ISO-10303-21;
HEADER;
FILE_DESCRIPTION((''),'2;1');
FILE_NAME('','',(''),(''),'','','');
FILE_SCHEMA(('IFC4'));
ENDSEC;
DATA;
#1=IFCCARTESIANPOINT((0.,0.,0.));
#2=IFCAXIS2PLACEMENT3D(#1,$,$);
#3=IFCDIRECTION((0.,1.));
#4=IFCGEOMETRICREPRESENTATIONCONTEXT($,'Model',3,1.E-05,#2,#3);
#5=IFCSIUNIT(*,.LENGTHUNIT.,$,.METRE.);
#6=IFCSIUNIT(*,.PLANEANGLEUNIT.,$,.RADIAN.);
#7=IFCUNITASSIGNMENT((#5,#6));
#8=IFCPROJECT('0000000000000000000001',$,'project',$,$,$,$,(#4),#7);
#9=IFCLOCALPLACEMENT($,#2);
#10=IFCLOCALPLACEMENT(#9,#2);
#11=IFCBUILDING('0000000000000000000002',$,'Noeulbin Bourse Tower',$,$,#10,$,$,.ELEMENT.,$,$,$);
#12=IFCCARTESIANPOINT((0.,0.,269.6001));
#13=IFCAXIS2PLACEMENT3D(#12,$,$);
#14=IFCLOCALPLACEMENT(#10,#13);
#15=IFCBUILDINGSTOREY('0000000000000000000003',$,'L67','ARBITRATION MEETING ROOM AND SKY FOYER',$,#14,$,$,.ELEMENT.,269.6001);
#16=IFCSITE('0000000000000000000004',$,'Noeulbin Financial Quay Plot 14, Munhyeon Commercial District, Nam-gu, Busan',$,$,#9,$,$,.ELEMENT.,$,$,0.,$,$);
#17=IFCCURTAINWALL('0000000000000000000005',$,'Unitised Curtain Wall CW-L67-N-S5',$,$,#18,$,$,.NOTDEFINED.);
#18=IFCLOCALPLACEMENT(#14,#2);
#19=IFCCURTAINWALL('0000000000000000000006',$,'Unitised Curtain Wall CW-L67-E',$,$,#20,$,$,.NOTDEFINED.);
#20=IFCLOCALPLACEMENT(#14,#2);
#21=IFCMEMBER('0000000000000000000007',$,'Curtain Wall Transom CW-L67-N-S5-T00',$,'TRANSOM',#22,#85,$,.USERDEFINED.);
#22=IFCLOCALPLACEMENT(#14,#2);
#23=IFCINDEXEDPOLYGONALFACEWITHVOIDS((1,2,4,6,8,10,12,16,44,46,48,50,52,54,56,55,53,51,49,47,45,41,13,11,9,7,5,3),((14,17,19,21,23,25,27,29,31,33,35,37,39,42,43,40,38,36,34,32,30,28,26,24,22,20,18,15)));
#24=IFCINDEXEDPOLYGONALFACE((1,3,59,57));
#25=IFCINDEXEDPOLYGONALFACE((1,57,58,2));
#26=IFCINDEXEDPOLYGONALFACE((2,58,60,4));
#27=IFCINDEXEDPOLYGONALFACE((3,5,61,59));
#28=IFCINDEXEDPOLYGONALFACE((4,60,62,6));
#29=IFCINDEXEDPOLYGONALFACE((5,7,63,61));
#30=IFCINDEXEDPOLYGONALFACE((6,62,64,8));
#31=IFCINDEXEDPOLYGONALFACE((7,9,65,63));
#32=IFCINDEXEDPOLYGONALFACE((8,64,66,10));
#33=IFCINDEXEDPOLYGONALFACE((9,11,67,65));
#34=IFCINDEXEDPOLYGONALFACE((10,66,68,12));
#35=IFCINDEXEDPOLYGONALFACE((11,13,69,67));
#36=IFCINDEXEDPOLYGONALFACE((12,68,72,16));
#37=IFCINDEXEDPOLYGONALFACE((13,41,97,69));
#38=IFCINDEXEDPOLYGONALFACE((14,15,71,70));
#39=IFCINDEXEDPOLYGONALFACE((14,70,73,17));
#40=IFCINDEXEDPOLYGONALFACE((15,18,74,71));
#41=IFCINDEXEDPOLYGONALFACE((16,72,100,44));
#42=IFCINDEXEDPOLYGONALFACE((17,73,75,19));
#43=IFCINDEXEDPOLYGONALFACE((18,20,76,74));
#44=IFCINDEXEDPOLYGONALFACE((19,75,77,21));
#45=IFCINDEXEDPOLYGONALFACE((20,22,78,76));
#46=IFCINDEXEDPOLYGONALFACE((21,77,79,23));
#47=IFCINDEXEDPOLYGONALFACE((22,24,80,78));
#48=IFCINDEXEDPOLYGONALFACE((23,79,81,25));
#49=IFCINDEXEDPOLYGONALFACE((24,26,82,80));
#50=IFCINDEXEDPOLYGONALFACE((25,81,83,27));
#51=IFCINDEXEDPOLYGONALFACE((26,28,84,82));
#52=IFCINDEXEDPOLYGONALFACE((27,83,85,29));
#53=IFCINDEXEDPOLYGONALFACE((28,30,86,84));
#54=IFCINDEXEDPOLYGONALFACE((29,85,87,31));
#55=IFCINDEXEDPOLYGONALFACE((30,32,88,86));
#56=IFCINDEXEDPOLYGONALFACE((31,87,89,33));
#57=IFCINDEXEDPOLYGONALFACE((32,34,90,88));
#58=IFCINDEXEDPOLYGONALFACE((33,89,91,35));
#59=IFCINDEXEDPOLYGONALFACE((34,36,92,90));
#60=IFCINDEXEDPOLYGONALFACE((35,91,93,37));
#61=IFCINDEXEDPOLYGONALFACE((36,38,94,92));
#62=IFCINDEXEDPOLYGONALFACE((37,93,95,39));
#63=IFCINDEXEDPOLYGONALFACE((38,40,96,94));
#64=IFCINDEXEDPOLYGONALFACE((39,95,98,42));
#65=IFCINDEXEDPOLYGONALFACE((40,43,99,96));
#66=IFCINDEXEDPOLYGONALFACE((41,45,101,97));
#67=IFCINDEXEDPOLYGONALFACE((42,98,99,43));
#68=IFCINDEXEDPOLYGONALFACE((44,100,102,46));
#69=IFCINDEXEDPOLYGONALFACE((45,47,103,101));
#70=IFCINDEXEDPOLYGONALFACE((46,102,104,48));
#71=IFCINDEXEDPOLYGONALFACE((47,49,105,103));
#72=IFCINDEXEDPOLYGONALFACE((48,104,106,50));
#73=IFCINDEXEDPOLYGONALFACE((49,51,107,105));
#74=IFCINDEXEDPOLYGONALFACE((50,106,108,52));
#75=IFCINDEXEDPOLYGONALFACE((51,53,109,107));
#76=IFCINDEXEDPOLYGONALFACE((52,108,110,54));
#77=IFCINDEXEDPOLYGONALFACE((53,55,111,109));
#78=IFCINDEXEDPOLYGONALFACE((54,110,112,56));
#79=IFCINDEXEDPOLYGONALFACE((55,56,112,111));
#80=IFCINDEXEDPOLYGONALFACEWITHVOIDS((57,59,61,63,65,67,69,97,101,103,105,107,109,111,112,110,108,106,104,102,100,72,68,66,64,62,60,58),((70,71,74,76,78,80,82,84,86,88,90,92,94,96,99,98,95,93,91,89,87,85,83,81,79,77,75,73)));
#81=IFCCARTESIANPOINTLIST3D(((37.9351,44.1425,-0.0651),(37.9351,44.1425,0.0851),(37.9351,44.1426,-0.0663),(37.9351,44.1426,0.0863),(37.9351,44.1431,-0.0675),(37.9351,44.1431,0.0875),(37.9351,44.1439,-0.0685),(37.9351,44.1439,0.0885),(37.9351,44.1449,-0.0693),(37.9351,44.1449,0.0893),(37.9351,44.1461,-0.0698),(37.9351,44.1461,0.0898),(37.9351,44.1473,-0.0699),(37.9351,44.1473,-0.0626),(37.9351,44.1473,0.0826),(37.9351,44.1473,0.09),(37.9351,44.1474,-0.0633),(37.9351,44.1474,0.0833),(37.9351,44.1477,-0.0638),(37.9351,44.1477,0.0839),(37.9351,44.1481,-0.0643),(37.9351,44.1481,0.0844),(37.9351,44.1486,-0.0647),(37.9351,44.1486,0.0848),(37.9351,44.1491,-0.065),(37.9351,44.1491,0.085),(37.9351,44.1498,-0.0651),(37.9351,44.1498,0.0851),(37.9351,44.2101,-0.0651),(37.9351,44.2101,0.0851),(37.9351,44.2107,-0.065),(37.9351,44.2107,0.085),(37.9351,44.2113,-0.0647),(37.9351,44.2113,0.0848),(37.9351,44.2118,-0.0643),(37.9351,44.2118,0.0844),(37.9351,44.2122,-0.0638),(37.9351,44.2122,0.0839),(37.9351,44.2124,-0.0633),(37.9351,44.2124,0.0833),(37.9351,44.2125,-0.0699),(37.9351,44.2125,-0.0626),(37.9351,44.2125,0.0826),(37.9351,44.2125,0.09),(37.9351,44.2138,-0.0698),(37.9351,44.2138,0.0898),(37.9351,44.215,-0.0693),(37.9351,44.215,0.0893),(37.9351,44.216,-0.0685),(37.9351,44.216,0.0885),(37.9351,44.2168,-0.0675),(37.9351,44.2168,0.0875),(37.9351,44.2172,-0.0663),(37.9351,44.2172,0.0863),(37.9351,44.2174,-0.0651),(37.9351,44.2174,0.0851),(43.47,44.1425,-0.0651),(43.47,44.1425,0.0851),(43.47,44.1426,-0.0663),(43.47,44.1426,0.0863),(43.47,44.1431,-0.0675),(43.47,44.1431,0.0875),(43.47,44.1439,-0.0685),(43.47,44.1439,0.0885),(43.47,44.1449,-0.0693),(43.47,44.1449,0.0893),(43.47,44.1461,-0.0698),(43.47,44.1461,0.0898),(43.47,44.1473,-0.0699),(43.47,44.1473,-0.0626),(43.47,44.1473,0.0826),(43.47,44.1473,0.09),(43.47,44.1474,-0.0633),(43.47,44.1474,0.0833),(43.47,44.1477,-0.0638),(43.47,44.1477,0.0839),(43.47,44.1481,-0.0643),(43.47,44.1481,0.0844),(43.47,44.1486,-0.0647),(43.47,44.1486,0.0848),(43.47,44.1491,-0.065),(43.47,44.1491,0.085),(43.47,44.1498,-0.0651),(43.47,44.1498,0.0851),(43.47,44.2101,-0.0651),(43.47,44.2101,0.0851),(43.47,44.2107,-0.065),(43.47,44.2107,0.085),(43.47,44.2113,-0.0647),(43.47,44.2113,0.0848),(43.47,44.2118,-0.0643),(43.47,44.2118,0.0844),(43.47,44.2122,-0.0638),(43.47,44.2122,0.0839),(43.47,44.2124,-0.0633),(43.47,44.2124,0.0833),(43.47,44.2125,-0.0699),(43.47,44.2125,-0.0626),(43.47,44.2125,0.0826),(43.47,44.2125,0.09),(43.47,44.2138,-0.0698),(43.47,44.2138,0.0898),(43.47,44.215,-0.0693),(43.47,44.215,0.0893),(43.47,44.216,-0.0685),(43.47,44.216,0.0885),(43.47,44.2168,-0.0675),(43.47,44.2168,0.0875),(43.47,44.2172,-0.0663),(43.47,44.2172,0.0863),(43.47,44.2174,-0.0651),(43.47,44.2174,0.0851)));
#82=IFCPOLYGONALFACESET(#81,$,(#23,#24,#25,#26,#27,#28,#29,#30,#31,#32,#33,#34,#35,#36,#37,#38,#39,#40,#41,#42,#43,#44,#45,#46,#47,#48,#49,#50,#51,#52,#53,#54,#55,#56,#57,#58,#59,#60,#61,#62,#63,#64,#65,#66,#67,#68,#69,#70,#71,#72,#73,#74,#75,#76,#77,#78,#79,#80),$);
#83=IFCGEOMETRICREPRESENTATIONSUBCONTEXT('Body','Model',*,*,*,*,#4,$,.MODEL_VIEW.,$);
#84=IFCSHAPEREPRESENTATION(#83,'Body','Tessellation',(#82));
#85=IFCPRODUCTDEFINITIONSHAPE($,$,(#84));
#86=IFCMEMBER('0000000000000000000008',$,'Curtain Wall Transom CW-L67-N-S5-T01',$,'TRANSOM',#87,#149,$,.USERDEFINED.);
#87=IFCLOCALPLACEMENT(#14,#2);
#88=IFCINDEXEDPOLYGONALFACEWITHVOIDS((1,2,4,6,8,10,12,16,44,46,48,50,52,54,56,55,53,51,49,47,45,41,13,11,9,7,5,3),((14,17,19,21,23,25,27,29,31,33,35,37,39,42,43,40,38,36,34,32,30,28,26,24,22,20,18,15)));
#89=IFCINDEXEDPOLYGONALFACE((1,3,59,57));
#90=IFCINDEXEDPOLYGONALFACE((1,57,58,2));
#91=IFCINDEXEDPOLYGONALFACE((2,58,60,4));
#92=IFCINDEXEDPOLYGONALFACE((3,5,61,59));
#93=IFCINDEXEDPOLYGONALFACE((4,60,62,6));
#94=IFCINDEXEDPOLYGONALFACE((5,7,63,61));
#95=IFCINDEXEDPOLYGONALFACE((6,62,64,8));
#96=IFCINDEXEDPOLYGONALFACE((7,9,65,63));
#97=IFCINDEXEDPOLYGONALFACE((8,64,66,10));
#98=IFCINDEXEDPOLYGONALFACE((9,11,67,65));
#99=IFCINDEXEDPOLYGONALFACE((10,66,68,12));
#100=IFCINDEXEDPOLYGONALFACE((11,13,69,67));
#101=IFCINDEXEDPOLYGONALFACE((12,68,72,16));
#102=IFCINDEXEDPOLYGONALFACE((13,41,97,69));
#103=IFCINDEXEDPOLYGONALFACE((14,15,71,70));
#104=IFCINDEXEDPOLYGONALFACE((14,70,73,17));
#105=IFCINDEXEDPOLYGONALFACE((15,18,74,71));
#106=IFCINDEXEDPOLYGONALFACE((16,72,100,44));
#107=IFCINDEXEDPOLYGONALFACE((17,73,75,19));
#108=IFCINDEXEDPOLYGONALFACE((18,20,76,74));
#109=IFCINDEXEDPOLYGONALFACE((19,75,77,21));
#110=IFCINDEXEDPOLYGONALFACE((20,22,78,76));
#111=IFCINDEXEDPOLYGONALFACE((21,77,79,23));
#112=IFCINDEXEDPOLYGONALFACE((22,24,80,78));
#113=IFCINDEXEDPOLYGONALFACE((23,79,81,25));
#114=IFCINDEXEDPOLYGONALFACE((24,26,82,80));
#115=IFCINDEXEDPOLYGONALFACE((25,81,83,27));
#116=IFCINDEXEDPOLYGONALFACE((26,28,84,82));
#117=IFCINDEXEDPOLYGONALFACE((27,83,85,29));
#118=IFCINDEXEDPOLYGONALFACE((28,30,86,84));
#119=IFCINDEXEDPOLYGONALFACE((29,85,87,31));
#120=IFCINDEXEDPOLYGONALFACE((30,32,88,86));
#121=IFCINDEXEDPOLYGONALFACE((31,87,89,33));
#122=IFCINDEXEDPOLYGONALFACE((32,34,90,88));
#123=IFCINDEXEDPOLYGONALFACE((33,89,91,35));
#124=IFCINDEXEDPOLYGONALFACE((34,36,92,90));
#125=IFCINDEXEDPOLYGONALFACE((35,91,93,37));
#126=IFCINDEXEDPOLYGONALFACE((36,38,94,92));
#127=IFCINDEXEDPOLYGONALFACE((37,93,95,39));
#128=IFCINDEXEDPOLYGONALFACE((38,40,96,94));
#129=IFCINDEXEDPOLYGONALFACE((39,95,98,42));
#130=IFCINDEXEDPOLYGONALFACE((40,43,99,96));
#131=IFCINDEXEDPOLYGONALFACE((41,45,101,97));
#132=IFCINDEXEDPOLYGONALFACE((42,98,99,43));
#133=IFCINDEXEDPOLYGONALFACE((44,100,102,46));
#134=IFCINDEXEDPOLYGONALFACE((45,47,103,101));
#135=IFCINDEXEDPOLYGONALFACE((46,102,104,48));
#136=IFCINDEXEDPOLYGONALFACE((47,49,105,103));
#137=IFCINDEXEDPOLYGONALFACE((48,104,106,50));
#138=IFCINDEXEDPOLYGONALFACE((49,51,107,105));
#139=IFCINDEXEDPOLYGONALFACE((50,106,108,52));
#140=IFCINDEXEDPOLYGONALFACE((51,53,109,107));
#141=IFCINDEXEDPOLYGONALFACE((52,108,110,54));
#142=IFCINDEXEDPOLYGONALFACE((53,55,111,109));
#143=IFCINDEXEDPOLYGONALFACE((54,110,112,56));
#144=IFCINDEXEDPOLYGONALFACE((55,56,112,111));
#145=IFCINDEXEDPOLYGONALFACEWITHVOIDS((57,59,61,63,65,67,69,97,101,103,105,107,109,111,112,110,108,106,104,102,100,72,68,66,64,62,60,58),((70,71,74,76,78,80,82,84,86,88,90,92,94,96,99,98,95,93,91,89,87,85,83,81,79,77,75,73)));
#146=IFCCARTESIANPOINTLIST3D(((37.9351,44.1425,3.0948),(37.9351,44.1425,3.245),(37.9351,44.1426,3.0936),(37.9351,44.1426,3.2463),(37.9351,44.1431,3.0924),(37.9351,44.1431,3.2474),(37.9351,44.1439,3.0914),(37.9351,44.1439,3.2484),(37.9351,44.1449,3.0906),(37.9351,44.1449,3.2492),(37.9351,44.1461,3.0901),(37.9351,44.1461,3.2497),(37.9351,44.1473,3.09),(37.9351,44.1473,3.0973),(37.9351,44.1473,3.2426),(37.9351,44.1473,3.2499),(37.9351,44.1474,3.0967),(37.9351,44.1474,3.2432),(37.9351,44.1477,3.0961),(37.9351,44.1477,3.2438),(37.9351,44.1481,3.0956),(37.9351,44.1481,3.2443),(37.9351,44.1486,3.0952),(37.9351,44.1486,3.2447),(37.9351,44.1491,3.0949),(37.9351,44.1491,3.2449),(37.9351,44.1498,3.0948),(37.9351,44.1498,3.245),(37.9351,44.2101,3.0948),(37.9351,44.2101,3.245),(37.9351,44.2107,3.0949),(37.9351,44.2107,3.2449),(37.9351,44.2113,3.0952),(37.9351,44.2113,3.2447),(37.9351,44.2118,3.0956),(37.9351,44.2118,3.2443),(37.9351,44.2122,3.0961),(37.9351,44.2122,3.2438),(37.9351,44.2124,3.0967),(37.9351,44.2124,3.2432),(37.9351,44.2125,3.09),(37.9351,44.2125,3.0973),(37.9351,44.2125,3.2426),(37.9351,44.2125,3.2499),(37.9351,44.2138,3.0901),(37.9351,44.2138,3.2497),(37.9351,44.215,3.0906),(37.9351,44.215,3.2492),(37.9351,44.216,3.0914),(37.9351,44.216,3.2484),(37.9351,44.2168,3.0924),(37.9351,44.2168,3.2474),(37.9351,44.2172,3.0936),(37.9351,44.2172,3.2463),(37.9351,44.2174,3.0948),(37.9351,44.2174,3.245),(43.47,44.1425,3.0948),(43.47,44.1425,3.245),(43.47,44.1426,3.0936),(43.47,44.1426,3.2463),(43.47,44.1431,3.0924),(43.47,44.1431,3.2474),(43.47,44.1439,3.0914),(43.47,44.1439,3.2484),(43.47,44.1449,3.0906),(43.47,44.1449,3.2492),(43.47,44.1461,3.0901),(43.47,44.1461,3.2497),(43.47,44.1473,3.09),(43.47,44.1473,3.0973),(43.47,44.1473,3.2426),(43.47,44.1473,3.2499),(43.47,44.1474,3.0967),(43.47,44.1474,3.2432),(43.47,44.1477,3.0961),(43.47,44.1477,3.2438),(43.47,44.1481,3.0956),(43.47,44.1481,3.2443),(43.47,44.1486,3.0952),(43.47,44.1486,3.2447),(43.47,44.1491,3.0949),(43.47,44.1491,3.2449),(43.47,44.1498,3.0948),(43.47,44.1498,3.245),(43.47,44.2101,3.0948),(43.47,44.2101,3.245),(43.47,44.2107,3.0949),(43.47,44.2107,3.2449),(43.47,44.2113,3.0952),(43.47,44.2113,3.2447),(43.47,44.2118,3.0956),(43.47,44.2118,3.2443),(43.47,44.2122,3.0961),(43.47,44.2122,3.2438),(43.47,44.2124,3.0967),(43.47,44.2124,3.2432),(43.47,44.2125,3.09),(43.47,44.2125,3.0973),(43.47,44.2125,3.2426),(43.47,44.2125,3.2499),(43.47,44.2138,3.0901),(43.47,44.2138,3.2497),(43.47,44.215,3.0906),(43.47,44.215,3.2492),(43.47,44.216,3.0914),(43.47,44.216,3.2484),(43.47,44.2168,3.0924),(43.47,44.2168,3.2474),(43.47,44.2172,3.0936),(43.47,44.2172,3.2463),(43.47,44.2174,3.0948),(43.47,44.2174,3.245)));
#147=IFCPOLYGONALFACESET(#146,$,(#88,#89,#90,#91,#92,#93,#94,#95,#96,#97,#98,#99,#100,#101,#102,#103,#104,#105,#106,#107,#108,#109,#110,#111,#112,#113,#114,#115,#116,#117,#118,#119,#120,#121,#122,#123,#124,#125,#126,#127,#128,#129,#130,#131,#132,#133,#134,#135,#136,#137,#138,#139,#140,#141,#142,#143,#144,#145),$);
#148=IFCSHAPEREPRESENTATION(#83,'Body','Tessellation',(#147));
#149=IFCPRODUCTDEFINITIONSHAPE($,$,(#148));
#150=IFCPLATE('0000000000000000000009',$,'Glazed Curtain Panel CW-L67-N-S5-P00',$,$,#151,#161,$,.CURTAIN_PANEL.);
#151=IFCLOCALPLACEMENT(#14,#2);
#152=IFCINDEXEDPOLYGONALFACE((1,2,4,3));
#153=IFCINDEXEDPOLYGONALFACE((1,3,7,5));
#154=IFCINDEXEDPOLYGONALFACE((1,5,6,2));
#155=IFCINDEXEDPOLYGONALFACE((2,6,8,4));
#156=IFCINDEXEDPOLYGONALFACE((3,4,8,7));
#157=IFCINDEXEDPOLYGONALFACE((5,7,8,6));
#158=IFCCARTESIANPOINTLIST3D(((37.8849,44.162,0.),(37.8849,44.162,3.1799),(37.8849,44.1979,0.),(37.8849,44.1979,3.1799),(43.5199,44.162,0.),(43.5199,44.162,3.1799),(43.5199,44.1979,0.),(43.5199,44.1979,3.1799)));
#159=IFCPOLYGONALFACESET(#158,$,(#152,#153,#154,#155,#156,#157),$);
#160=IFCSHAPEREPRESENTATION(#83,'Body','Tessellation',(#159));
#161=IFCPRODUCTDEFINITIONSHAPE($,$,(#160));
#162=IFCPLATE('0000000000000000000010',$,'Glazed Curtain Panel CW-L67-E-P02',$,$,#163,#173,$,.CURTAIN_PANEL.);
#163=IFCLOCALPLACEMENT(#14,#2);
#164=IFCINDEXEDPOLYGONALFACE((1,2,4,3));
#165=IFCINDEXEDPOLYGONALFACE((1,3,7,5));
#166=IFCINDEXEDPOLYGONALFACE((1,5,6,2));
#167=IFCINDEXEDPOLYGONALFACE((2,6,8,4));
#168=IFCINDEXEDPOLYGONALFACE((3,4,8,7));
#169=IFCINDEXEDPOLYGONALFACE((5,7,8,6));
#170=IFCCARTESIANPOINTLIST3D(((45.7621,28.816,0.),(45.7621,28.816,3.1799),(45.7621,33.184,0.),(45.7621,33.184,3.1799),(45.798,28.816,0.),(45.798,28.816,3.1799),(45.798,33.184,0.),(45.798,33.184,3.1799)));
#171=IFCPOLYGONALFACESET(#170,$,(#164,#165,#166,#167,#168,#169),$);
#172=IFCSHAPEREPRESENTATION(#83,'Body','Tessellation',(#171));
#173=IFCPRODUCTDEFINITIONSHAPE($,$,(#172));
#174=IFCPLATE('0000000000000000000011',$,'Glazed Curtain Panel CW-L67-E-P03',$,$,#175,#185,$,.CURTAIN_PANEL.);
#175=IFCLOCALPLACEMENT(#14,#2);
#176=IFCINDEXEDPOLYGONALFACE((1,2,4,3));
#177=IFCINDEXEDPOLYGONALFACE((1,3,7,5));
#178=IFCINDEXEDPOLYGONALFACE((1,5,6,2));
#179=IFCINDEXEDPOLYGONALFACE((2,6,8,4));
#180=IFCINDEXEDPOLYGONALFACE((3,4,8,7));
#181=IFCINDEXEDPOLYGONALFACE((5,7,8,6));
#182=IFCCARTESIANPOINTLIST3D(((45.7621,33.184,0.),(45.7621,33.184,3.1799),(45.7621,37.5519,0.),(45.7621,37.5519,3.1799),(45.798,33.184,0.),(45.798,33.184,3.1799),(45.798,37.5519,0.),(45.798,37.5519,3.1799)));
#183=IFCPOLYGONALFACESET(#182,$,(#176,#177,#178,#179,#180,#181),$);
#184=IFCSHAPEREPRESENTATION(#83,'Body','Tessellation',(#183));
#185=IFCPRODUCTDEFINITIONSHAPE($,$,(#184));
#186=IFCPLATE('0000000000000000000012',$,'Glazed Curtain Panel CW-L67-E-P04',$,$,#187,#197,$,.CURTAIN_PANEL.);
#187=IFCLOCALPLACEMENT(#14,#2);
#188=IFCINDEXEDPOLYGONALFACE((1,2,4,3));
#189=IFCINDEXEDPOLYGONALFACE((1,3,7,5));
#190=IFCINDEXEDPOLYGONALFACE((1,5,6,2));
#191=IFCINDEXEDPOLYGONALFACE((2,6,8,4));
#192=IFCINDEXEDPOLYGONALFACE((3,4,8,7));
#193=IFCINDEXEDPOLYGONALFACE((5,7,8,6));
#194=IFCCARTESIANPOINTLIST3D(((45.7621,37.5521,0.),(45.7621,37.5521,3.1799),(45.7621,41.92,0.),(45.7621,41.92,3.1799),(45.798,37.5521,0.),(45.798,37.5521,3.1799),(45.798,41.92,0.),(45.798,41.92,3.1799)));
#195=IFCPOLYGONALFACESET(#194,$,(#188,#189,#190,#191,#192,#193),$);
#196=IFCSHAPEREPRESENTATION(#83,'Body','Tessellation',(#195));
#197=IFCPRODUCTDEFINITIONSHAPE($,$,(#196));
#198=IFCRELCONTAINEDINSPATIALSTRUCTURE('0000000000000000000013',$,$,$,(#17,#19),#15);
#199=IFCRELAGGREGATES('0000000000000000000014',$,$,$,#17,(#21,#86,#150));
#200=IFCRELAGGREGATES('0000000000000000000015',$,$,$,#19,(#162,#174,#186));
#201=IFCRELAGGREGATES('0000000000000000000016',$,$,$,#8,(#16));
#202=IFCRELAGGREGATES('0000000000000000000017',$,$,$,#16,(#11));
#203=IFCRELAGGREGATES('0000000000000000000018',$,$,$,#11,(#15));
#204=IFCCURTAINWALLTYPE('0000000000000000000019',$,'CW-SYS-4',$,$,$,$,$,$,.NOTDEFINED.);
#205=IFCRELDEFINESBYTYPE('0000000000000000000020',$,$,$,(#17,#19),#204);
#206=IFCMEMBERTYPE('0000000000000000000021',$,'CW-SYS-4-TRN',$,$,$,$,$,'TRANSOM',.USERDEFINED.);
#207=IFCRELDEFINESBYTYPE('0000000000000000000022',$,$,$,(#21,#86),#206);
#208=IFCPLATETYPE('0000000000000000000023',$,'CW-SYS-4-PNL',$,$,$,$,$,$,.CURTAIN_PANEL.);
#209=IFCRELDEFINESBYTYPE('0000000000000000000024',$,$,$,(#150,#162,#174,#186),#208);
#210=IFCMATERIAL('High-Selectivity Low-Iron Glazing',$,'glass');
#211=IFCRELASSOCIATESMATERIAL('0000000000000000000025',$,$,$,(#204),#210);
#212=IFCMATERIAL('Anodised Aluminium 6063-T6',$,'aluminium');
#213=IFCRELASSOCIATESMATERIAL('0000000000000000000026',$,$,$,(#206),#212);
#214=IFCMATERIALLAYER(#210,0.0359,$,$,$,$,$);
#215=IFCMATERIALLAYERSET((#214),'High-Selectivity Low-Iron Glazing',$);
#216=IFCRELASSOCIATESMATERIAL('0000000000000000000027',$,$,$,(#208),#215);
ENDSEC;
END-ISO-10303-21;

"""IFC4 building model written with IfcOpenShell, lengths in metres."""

from ifc_helpers import new_model, si_unit, direction, frame, origin, origin_2d, place, context, subcontext, project, spatial, rectangle, hollow_rectangle, extrude, material, layer, layer_set, material_profile, profile_set, type_object, element, aggregate, save


model = new_model("IFC4")

# Units and contexts
model_context = context("Model", 3, precision=1e-05, world=origin(), true_north=direction((0.0, 1.0)))
body_context = subcontext(model_context, "Body", "Model", "MODEL_VIEW")
ifc_project = project(units=[si_unit("LENGTHUNIT", "METRE"), si_unit("PLANEANGLEUNIT", "RADIAN")], contexts=[model_context])

# Site, building, storey
site_placement = place(None, origin())
site = spatial("IfcSite", under=ifc_project, at=site_placement, Name="Noeulbin Financial Quay Plot 14, Munhyeon Commercial District, Nam-gu, Busan", CompositionType="ELEMENT", RefElevation=0.0)
building_placement = place(site_placement, origin())
building = spatial("IfcBuilding", under=site, at=building_placement, Name="Noeulbin Bourse Tower", CompositionType="ELEMENT")
storey_placement = place(building_placement, frame((0.0, 0.0, 269.6001)))
storey = spatial("IfcBuildingStorey", under=building, at=storey_placement, Name="L67", Description="ARBITRATION MEETING ROOM AND SKY FOYER", CompositionType="ELEMENT", Elevation=269.6001)

# Shared definitions
ifc_material_1 = material(Name="High-Selectivity Low-Iron Glazing", Category="glass")
curtain_wall_type = type_object("IfcCurtainWallType", Name="CW-SYS-4", PredefinedType="NOTDEFINED", material=ifc_material_1)
ifc_material_2 = material(Name="Anodised Aluminium 6063-T6", Category="aluminium")

# Curtain walls
curtain_wall_1_placement = place(storey_placement, origin())
curtain_wall_1 = element("IfcCurtainWall", 1, at=curtain_wall_1_placement, inside=storey, type_object=curtain_wall_type, Name="Unitised Curtain Wall CW-L67-N-S5", PredefinedType="NOTDEFINED")
curtain_wall_2_placement = place(storey_placement, origin())
curtain_wall_2 = element("IfcCurtainWall", 2, at=curtain_wall_2_placement, inside=storey, type_object=curtain_wall_type, Name="Unitised Curtain Wall CW-L67-E", PredefinedType="NOTDEFINED")

# Members
ifc_material_profile_1 = material_profile(ifc_material_2, hollow_rectangle(XDim=0.075, YDim=0.1599, WallThickness=0.0049, InnerFilletRadius=0.0024, OuterFilletRadius=0.0049, at=origin_2d()), Name="ALU-TRAN-75x160x5", Category="LoadBearing")
ifc_profile_set_1 = profile_set([ifc_material_profile_1], Name="Anodised Aluminium 6063-T6")
member_type_1 = type_object("IfcMemberType", Name="CW-SYS-4-TRN", ElementType="TRANSOM", PredefinedType="USERDEFINED", material=ifc_profile_set_1)
member_1_placement = place(storey_placement, frame((37.9351, 44.1799, 0.01), z_axis=(1.0, 0.0, 0.0), x_axis=(0.0, 1.0, 0.0)))
member_1 = element("IfcMember", 3, at=member_1_placement, type_object=member_type_1, Name="Curtain Wall Transom CW-L67-N-S5-T00", ObjectType="TRANSOM", PredefinedType="USERDEFINED", context=body_context, shape_type="SweptSolid", body=[
    extrude(hollow_rectangle(XDim=0.075, YDim=0.1599, WallThickness=0.0049, InnerFilletRadius=0.0024, OuterFilletRadius=0.0049, at=origin_2d()), origin(), (0.0, 0.0, 1.0), 5.5349),
])
member_2_placement = place(storey_placement, frame((37.9351, 44.1799, 3.1699), z_axis=(1.0, 0.0, 0.0), x_axis=(0.0, 1.0, 0.0)))
member_2 = element("IfcMember", 4, at=member_2_placement, type_object=member_type_1, Name="Curtain Wall Transom CW-L67-N-S5-T01", ObjectType="TRANSOM", PredefinedType="USERDEFINED", context=body_context, shape_type="SweptSolid", body=[
    extrude(hollow_rectangle(XDim=0.075, YDim=0.1599, WallThickness=0.0049, InnerFilletRadius=0.0024, OuterFilletRadius=0.0049, at=origin_2d()), origin(), (0.0, 0.0, 1.0), 5.5349),
])

# Plates
ifc_layer_1 = layer(ifc_material_1, 0.0359)
ifc_layer_set_1 = layer_set([ifc_layer_1], Name="High-Selectivity Low-Iron Glazing")
plate_type_1 = type_object("IfcPlateType", Name="CW-SYS-4-PNL", PredefinedType="CURTAIN_PANEL", material=ifc_layer_set_1)
plate_1_placement = place(storey_placement, frame((40.7024, 44.1799, 0.0), z_axis=(0.0, 0.0, 1.0), x_axis=(1.0, 0.0, 0.0)))
plate_1 = element("IfcPlate", 5, at=plate_1_placement, type_object=plate_type_1, Name="Glazed Curtain Panel CW-L67-N-S5-P00", PredefinedType="CURTAIN_PANEL", context=body_context, shape_type="SweptSolid", body=[
    extrude(rectangle(XDim=5.635, YDim=0.0359, at=origin_2d()), origin(), (0.0, 0.0, 1.0), 3.1799),
])
aggregate(curtain_wall_1, [member_1, member_2, plate_1])
plate_2_placement = place(storey_placement, frame((45.78, 31.0, 0.0), z_axis=(0.0, 0.0, 1.0), x_axis=(0.0, 1.0, 0.0)))
plate_2 = element("IfcPlate", 6, at=plate_2_placement, type_object=plate_type_1, Name="Glazed Curtain Panel CW-L67-E-P02", PredefinedType="CURTAIN_PANEL", context=body_context, shape_type="SweptSolid", body=[
    extrude(rectangle(XDim=4.3679, YDim=0.0359, at=origin_2d()), origin(), (0.0, 0.0, 1.0), 3.1799),
])
plate_3_placement = place(storey_placement, frame((45.78, 35.3679, 0.0), z_axis=(0.0, 0.0, 1.0), x_axis=(0.0, 1.0, 0.0)))
plate_3 = element("IfcPlate", 7, at=plate_3_placement, type_object=plate_type_1, Name="Glazed Curtain Panel CW-L67-E-P03", PredefinedType="CURTAIN_PANEL", context=body_context, shape_type="SweptSolid", body=[
    extrude(rectangle(XDim=4.3679, YDim=0.0359, at=origin_2d()), origin(), (0.0, 0.0, 1.0), 3.1799),
])
plate_4_placement = place(storey_placement, frame((45.78, 39.7361, 0.0), z_axis=(0.0, 0.0, 1.0), x_axis=(0.0, 1.0, 0.0)))
plate_4 = element("IfcPlate", 8, at=plate_4_placement, type_object=plate_type_1, Name="Glazed Curtain Panel CW-L67-E-P04", PredefinedType="CURTAIN_PANEL", context=body_context, shape_type="SweptSolid", body=[
    extrude(rectangle(XDim=4.3679, YDim=0.0359, at=origin_2d()), origin(), (0.0, 0.0, 1.0), 3.1799),
])
aggregate(curtain_wall_2, [plate_2, plate_3, plate_4])

save(model, "model.ifc")
